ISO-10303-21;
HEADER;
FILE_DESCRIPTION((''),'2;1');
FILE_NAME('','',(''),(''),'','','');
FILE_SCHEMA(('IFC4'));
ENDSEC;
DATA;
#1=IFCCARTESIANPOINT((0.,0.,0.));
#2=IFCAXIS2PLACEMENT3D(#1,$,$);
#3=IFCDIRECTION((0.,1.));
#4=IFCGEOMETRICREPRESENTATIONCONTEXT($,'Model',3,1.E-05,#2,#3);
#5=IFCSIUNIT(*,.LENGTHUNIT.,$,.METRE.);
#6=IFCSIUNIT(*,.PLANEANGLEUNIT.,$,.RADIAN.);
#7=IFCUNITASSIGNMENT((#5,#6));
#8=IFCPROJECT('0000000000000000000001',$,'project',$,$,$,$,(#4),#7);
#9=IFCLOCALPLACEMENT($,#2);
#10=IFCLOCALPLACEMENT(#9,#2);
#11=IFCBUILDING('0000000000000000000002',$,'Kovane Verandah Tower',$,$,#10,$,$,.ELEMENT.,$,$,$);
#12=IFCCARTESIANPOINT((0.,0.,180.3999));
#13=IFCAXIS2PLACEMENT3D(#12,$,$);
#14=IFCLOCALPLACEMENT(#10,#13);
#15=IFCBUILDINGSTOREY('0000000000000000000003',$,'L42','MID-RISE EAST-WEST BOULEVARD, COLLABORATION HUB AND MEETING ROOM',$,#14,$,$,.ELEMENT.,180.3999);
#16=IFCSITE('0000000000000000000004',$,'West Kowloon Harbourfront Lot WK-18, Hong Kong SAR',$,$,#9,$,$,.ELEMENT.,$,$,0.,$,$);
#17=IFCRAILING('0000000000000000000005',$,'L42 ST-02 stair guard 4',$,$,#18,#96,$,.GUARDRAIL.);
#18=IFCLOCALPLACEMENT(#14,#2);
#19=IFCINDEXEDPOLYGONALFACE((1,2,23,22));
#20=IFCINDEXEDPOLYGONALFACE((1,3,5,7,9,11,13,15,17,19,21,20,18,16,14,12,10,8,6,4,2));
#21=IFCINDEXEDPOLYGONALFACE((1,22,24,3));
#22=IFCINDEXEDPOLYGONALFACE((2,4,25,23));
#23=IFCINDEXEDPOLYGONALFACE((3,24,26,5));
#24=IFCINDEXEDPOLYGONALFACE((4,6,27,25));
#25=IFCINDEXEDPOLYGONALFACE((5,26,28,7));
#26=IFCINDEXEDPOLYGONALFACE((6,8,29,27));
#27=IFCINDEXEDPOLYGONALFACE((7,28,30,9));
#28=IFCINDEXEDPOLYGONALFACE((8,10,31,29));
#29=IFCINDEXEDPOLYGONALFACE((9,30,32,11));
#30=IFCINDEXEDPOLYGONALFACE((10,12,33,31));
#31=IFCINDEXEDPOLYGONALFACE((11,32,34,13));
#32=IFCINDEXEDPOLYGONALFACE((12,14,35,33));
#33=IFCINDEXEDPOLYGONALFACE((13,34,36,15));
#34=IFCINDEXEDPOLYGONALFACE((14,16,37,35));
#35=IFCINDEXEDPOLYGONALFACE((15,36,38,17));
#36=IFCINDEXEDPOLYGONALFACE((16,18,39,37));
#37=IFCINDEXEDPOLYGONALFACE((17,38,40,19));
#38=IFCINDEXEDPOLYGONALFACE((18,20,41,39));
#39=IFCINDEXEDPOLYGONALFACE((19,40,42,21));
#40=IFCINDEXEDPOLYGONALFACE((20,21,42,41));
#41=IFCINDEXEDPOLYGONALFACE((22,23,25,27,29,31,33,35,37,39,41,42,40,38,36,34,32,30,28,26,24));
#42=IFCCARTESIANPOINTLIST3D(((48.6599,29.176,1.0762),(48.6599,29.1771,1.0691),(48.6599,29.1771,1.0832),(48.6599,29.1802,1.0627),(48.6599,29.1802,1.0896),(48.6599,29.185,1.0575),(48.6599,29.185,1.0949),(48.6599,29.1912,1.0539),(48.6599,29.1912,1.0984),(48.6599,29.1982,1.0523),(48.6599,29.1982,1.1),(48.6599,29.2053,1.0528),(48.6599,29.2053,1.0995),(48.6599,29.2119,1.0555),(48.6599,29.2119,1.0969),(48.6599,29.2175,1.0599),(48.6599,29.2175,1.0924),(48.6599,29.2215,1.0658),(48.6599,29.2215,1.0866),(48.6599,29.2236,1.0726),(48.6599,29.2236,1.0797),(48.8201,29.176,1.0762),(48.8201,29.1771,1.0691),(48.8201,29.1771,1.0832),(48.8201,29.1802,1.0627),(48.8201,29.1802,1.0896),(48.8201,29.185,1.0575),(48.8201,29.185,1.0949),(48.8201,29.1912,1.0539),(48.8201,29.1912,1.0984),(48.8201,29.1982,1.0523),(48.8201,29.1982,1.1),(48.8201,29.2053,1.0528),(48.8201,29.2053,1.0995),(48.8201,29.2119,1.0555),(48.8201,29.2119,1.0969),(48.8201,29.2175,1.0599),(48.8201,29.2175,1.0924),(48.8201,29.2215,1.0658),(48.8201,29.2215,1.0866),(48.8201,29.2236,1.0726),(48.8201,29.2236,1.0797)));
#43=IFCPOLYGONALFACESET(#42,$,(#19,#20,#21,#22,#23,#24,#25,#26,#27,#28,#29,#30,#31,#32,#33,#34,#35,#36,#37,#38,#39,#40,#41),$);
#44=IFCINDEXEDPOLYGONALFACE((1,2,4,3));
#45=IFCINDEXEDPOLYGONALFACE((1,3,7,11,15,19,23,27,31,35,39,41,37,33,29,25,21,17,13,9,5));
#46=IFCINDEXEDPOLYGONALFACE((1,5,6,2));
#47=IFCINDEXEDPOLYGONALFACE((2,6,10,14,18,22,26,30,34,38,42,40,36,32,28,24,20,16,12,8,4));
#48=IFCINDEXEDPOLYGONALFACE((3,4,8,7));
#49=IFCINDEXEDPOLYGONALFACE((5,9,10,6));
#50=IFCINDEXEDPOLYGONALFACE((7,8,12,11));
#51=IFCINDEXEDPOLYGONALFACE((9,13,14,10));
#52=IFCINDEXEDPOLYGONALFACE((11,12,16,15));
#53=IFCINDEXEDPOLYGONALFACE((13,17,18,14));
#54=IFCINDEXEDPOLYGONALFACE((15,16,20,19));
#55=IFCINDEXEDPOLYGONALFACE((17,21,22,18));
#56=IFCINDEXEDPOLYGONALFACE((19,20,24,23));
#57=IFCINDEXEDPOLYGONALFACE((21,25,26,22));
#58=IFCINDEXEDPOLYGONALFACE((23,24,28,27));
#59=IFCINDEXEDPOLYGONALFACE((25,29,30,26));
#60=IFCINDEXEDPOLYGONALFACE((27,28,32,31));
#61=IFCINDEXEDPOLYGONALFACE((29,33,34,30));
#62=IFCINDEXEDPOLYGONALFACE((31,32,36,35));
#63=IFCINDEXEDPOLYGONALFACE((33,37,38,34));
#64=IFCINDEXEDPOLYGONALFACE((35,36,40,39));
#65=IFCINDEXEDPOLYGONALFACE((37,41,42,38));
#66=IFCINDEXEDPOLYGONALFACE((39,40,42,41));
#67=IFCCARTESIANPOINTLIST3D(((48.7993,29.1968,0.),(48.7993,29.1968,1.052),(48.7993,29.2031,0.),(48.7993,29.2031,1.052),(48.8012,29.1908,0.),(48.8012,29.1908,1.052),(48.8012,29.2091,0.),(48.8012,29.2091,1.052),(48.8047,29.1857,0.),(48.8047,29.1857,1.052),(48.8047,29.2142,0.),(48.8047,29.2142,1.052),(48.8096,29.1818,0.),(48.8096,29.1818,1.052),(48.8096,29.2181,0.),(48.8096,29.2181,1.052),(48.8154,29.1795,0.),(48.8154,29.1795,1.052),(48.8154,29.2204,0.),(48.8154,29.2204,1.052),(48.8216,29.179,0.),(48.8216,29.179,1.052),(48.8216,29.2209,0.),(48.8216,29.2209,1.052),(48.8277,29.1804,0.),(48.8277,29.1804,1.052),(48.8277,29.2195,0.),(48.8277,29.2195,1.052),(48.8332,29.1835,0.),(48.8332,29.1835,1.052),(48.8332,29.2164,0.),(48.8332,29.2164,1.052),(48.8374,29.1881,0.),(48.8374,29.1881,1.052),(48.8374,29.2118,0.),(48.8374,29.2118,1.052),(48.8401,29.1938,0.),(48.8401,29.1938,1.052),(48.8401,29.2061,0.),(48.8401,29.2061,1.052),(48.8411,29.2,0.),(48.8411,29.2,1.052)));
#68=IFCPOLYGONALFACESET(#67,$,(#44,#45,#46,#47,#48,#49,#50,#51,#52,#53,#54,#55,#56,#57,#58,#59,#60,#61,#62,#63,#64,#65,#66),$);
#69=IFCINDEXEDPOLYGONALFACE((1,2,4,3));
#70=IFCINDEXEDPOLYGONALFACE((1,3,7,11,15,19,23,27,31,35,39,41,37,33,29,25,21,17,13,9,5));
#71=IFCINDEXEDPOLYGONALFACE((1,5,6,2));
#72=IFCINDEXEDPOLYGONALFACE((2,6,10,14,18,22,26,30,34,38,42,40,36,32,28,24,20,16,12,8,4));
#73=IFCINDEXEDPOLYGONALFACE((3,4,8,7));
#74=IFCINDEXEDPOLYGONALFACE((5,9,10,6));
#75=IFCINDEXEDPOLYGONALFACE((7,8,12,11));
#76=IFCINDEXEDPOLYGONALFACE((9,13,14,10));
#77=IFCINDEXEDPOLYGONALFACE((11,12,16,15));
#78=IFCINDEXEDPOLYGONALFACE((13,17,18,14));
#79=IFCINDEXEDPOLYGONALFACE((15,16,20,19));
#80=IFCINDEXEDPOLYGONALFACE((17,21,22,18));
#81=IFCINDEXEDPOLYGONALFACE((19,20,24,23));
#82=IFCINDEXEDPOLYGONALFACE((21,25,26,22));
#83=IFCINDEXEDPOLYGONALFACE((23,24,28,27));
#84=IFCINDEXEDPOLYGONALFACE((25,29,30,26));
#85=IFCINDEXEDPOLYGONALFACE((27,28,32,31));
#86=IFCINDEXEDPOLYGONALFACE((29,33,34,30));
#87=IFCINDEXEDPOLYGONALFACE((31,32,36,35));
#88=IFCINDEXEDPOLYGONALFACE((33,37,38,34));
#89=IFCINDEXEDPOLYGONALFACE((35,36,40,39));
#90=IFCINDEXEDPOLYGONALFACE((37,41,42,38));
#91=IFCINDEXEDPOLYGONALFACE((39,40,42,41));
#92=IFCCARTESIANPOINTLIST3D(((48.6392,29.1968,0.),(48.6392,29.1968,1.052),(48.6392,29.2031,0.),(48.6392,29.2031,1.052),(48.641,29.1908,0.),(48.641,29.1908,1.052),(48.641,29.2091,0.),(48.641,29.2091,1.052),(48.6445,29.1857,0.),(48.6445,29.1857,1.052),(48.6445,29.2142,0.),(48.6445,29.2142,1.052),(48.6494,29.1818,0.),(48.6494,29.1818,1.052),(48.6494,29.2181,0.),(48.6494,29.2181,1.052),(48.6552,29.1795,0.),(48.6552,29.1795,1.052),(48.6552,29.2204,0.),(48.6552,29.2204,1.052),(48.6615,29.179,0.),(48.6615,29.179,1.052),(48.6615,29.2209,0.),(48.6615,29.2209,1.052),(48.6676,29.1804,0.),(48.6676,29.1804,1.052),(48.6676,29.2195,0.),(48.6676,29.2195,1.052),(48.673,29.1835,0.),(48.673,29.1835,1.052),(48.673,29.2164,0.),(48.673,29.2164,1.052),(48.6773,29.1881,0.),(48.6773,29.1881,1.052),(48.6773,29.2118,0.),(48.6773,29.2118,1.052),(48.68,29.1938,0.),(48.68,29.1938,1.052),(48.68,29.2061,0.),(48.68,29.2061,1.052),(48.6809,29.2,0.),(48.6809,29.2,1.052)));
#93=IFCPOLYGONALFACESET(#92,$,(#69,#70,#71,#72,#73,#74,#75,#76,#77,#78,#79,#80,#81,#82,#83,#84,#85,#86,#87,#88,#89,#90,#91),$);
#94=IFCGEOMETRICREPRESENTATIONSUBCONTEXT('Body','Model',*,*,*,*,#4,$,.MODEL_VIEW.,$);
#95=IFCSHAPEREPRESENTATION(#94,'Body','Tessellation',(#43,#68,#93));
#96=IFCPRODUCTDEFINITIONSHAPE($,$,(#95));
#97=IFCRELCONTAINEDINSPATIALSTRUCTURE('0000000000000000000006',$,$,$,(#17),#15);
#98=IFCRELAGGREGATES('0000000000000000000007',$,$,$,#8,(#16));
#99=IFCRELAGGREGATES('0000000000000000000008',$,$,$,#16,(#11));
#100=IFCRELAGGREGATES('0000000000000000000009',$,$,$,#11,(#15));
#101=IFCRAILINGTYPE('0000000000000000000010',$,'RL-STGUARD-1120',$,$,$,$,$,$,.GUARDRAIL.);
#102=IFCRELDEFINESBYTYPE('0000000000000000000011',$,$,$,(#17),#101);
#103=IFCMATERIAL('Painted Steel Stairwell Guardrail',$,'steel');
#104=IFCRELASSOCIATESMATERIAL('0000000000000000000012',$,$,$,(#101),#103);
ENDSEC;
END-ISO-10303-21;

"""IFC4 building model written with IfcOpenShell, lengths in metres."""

from ifc_helpers import new_model, si_unit, direction, frame, origin, origin_2d, place, context, subcontext, project, spatial, circle, extrude, material, type_object, element, save


model = new_model("IFC4")

# Units and contexts
model_context = context("Model", 3, precision=1e-05, world=origin(), true_north=direction((0.0, 1.0)))
body_context = subcontext(model_context, "Body", "Model", "MODEL_VIEW")
ifc_project = project(units=[si_unit("LENGTHUNIT", "METRE"), si_unit("PLANEANGLEUNIT", "RADIAN")], contexts=[model_context])

# Site, building, storey
site_placement = place(None, origin())
site = spatial("IfcSite", under=ifc_project, at=site_placement, Name="West Kowloon Harbourfront Lot WK-18, Hong Kong SAR", CompositionType="ELEMENT", RefElevation=0.0)
building_placement = place(site_placement, origin())
building = spatial("IfcBuilding", under=site, at=building_placement, Name="Kovane Verandah Tower", CompositionType="ELEMENT")
storey_placement = place(building_placement, frame((0.0, 0.0, 180.3999)))
storey = spatial("IfcBuildingStorey", under=building, at=storey_placement, Name="L42", Description="MID-RISE EAST-WEST BOULEVARD, COLLABORATION HUB AND MEETING ROOM", CompositionType="ELEMENT", Elevation=180.3999)

# Railing
ifc_material_1 = material(Name="Painted Steel Stairwell Guardrail", Category="steel")
railing_type = type_object("IfcRailingType", Name="RL-STGUARD-1120", PredefinedType="GUARDRAIL", material=ifc_material_1)
railing_1_placement = place(storey_placement, frame((48.8201, 29.2, 0.0)))
element("IfcRailing", 1, at=railing_1_placement, inside=storey, type_object=railing_type, Name="L42 ST-02 stair guard 4", PredefinedType="GUARDRAIL", context=body_context, shape_type="SweptSolid", body=[
    extrude(circle(Radius=0.0239, at=origin_2d()), frame((0.0, 0.0, 1.0762), z_axis=(-1.0, 0.0, 0.0), x_axis=(0.0, -1.0, 0.0)), (0.0, 0.0, 1.0), 0.1602),
    extrude(circle(Radius=0.021, at=origin_2d()), origin(), (0.0, 0.0, 1.0), 1.052),
    extrude(circle(Radius=0.021, at=origin_2d()), frame((-0.1602, 0.0, 0.0)), (0.0, 0.0, 1.0), 1.052),
])

save(model, "model.ifc")
